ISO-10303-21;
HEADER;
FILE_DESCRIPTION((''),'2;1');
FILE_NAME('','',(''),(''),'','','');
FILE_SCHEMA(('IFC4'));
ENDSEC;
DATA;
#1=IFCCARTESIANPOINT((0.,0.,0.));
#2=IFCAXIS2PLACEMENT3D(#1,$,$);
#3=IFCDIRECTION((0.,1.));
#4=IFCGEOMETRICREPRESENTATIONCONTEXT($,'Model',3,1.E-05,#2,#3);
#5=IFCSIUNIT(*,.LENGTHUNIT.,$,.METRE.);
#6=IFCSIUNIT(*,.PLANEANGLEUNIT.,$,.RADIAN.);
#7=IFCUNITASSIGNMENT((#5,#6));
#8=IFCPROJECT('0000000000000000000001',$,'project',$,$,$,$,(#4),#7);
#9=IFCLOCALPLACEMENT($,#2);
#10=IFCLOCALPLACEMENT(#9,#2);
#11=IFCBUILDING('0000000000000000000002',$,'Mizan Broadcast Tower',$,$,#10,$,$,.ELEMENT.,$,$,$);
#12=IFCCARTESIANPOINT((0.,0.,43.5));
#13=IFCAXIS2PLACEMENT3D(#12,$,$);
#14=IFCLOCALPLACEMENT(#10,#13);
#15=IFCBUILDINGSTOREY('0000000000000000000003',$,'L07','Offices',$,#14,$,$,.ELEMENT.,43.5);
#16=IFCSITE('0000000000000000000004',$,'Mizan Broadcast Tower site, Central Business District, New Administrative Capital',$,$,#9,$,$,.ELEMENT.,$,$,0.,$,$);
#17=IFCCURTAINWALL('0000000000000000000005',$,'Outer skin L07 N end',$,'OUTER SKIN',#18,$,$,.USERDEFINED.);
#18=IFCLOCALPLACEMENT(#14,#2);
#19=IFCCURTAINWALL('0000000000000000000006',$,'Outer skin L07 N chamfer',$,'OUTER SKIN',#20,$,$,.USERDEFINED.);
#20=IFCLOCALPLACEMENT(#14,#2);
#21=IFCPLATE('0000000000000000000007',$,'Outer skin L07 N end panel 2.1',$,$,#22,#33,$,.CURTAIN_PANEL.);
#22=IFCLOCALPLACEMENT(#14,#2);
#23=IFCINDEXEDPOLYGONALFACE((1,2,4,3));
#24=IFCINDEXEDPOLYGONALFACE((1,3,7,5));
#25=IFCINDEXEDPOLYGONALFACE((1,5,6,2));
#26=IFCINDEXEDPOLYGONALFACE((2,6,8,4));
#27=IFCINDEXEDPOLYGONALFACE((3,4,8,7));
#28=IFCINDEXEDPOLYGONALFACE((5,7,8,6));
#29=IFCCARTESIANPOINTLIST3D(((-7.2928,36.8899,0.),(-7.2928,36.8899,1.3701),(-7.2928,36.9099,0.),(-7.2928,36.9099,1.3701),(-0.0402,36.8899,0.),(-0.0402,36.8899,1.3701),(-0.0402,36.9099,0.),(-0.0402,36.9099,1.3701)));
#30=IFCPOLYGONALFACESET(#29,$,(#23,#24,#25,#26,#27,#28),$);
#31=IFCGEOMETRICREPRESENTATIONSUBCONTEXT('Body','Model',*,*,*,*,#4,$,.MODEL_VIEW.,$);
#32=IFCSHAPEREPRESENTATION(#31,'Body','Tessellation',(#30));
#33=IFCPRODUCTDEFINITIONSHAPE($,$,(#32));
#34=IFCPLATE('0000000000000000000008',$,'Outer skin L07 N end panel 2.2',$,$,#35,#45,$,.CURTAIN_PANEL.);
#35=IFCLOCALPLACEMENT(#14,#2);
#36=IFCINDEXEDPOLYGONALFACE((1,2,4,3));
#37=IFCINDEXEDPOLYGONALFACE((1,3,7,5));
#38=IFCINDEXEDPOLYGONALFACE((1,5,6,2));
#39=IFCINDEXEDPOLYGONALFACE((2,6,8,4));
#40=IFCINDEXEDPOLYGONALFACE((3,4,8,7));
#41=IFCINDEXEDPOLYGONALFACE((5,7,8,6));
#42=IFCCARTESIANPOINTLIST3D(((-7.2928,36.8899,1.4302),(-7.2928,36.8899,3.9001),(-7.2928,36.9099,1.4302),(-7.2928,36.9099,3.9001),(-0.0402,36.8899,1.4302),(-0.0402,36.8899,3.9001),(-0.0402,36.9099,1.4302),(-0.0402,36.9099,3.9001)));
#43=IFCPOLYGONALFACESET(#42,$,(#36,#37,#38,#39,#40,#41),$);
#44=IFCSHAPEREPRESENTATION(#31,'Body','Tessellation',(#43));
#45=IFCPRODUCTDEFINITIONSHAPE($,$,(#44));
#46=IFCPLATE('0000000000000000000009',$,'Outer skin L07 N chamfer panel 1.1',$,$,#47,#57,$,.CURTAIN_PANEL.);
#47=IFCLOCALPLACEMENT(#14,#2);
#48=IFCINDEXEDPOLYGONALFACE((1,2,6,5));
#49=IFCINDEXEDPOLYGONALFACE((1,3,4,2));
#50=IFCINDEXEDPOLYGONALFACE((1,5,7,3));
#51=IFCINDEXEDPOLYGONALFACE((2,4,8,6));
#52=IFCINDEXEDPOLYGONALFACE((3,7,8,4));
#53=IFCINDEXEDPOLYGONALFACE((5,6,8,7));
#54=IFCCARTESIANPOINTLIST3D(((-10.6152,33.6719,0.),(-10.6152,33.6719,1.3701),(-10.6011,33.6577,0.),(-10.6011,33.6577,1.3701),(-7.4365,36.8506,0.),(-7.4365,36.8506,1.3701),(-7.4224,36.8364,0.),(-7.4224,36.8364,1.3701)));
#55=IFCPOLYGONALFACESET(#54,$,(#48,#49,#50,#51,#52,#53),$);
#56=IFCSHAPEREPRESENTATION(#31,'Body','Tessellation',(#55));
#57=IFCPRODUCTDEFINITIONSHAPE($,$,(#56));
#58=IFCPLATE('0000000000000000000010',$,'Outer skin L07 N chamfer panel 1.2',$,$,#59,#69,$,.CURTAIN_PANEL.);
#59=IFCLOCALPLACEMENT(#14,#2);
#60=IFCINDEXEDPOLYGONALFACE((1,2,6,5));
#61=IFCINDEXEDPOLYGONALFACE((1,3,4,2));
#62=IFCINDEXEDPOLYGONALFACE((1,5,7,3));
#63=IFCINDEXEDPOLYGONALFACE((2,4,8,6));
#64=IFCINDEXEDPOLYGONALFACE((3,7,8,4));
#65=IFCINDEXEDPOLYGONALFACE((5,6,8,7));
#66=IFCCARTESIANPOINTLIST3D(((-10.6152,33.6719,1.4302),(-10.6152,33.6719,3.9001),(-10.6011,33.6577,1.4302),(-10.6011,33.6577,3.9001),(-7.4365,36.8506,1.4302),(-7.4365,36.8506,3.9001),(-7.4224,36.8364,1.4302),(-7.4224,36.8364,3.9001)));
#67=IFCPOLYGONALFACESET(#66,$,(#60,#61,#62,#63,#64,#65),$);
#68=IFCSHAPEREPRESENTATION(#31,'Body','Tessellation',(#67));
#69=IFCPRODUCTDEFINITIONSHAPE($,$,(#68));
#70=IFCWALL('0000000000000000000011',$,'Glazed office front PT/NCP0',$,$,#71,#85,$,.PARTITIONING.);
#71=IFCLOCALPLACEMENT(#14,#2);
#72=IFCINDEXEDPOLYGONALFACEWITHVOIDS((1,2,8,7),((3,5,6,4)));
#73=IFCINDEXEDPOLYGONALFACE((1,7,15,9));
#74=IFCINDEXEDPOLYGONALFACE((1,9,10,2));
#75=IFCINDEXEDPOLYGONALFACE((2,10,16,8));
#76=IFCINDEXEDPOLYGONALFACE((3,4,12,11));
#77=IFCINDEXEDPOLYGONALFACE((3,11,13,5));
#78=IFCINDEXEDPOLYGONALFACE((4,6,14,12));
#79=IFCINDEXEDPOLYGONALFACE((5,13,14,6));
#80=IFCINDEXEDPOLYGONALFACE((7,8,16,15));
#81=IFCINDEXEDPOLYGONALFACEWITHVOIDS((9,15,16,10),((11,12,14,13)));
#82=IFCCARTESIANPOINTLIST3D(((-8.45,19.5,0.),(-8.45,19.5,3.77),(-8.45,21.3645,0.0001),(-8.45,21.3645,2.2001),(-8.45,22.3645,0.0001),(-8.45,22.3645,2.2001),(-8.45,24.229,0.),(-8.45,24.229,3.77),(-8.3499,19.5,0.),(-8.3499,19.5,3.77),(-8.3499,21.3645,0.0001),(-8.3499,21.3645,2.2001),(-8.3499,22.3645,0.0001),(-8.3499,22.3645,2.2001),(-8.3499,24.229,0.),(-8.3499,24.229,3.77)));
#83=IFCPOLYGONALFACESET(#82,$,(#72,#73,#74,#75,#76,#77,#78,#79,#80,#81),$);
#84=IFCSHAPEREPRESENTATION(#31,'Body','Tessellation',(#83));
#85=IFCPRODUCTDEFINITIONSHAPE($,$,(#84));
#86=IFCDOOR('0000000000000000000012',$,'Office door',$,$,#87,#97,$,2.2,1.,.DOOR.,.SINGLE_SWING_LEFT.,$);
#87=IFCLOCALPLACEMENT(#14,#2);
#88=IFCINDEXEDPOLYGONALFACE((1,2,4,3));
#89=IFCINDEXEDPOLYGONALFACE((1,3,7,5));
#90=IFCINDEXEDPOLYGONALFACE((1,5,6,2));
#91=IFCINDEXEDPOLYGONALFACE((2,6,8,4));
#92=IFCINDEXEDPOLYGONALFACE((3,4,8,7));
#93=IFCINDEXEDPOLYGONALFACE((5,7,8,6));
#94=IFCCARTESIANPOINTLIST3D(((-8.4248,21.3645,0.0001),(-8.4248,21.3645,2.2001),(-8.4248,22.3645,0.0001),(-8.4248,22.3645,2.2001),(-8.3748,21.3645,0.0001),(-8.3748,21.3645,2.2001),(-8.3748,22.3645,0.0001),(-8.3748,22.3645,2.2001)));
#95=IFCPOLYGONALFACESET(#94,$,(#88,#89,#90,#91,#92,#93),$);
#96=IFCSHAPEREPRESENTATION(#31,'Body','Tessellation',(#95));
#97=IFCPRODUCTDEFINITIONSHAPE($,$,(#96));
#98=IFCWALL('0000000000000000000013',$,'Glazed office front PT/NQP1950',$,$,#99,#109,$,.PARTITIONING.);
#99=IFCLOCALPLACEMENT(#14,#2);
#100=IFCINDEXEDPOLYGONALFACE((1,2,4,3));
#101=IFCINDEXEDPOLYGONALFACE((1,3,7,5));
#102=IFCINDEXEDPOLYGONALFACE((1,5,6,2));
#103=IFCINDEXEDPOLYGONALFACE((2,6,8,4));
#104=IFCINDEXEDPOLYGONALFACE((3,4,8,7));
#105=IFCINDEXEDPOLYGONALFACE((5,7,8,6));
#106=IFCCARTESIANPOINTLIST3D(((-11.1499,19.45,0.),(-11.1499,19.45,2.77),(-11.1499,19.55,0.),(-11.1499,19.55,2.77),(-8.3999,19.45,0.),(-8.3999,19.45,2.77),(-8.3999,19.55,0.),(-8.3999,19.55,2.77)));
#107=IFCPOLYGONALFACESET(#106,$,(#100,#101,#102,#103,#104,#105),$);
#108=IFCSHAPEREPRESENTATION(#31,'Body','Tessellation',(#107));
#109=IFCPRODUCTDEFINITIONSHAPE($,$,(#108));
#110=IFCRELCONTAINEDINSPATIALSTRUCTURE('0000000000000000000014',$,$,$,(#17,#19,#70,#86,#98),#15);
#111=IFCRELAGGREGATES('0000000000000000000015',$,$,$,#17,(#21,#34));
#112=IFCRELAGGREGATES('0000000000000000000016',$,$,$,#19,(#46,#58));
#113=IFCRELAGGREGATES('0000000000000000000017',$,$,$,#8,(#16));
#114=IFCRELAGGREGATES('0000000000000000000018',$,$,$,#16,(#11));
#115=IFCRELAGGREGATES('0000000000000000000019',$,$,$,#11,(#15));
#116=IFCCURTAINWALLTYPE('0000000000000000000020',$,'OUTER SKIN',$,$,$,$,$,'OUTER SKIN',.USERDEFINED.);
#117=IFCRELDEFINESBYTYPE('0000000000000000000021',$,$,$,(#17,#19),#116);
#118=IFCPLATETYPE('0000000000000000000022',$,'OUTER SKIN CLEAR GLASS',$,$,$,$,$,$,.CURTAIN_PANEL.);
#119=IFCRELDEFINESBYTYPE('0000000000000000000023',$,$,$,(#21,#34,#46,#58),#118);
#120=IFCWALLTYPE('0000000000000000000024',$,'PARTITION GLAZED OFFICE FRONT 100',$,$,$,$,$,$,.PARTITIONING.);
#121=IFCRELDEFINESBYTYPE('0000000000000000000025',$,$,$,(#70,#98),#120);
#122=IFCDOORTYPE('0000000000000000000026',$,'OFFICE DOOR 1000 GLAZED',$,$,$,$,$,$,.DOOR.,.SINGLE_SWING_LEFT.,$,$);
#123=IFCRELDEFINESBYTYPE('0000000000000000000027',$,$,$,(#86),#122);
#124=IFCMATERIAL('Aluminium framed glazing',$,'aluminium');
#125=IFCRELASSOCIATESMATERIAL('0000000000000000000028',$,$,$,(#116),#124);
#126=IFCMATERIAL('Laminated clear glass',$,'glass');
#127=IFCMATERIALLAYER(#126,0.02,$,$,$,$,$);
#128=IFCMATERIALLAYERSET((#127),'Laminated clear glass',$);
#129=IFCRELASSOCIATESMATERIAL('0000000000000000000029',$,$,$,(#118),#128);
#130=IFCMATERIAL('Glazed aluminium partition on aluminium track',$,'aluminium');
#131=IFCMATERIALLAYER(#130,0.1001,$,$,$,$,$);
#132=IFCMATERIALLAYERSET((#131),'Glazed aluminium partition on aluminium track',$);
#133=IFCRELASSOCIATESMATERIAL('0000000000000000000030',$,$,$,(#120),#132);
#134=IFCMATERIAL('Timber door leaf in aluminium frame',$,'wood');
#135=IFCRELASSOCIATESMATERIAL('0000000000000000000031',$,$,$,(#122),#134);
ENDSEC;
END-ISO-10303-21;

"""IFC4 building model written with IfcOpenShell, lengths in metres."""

from ifc_helpers import new_model, si_unit, direction, frame, frame_2d, origin, origin_2d, place, context, subcontext, project, spatial, rectangle, extrude, material, layer, layer_set, type_object, element, fill, aggregate, save


model = new_model("IFC4")

# Units and contexts
model_context = context("Model", 3, precision=1e-05, world=origin(), true_north=direction((0.0, 1.0)))
body_context = subcontext(model_context, "Body", "Model", "MODEL_VIEW")
ifc_project = project(units=[si_unit("LENGTHUNIT", "METRE"), si_unit("PLANEANGLEUNIT", "RADIAN")], contexts=[model_context])

# Site, building, storey
site_placement = place(None, origin())
site = spatial("IfcSite", under=ifc_project, at=site_placement, Name="Mizan Broadcast Tower site, Central Business District, New Administrative Capital", CompositionType="ELEMENT", RefElevation=0.0)
building_placement = place(site_placement, origin())
building = spatial("IfcBuilding", under=site, at=building_placement, Name="Mizan Broadcast Tower", CompositionType="ELEMENT")
storey_placement = place(building_placement, frame((0.0, 0.0, 43.5)))
storey = spatial("IfcBuildingStorey", under=building, at=storey_placement, Name="L07", Description="Offices", CompositionType="ELEMENT", Elevation=43.5)

# Curtain walls
ifc_material_1 = material(Name="Aluminium framed glazing", Category="aluminium")
curtain_wall_type_1 = type_object("IfcCurtainWallType", Name="OUTER SKIN", ElementType="OUTER SKIN", PredefinedType="USERDEFINED", material=ifc_material_1)
curtain_wall_1_placement = place(storey_placement, origin())
curtain_wall_1 = element("IfcCurtainWall", 1, at=curtain_wall_1_placement, inside=storey, type_object=curtain_wall_type_1, Name="Outer skin L07 N end", ObjectType="OUTER SKIN", PredefinedType="USERDEFINED")
curtain_wall_2_placement = place(storey_placement, origin())
curtain_wall_2 = element("IfcCurtainWall", 2, at=curtain_wall_2_placement, inside=storey, type_object=curtain_wall_type_1, Name="Outer skin L07 N chamfer", ObjectType="OUTER SKIN", PredefinedType="USERDEFINED")

# Plates
ifc_material_2 = material(Name="Laminated clear glass", Category="glass")
ifc_layer_1 = layer(ifc_material_2, 0.02)
ifc_layer_set_1 = layer_set([ifc_layer_1], Name="Laminated clear glass")
plate_type_1 = type_object("IfcPlateType", Name="OUTER SKIN CLEAR GLASS", PredefinedType="CURTAIN_PANEL", material=ifc_layer_set_1)
plate_1_placement = place(storey_placement, frame((-3.6665, 36.8999, 0.0), z_axis=(0.0, 0.0, 1.0), x_axis=(-1.0, 0.0, 0.0)))
plate_1 = element("IfcPlate", 3, at=plate_1_placement, type_object=plate_type_1, Name="Outer skin L07 N end panel 2.1", PredefinedType="CURTAIN_PANEL", context=body_context, shape_type="SweptSolid", body=[
    extrude(rectangle(XDim=7.2527, YDim=0.02, at=origin_2d()), origin(), (0.0, 0.0, 1.0), 1.3701),
])
plate_2_placement = place(storey_placement, frame((-3.6665, 36.8999, 1.4302), z_axis=(0.0, 0.0, 1.0), x_axis=(-1.0, 0.0, 0.0)))
plate_2 = element("IfcPlate", 4, at=plate_2_placement, type_object=plate_type_1, Name="Outer skin L07 N end panel 2.2", PredefinedType="CURTAIN_PANEL", context=body_context, shape_type="SweptSolid", body=[
    extrude(rectangle(XDim=7.2527, YDim=0.02, at=origin_2d()), origin(), (0.0, 0.0, 1.0), 2.47),
])
aggregate(curtain_wall_1, [plate_1, plate_2])
plate_3_placement = place(storey_placement, frame((-9.0188, 35.2542, 0.0), z_axis=(0.0, 0.0, 1.0), x_axis=(-0.707107, -0.707107, 0.0)))
plate_3 = element("IfcPlate", 5, at=plate_3_placement, type_object=plate_type_1, Name="Outer skin L07 N chamfer panel 1.1", PredefinedType="CURTAIN_PANEL", context=body_context, shape_type="SweptSolid", body=[
    extrude(rectangle(XDim=4.4954, YDim=0.02, at=origin_2d()), origin(), (0.0, 0.0, 1.0), 1.3701),
])
plate_4_placement = place(storey_placement, frame((-9.0188, 35.2542, 1.4302), z_axis=(0.0, 0.0, 1.0), x_axis=(-0.707107, -0.707107, 0.0)))
plate_4 = element("IfcPlate", 6, at=plate_4_placement, type_object=plate_type_1, Name="Outer skin L07 N chamfer panel 1.2", PredefinedType="CURTAIN_PANEL", context=body_context, shape_type="SweptSolid", body=[
    extrude(rectangle(XDim=4.4954, YDim=0.02, at=origin_2d()), origin(), (0.0, 0.0, 1.0), 2.47),
])
aggregate(curtain_wall_2, [plate_3, plate_4])

# Wall, opening, door
ifc_material_3 = material(Name="Glazed aluminium partition on aluminium track", Category="aluminium")
ifc_layer_2 = layer(ifc_material_3, 0.1001)
ifc_layer_set_2 = layer_set([ifc_layer_2], Name="Glazed aluminium partition on aluminium track")
wall_type = type_object("IfcWallType", Name="PARTITION GLAZED OFFICE FRONT 100", PredefinedType="PARTITIONING", material=ifc_layer_set_2)
wall_1_placement = place(storey_placement, frame((-8.3999, 19.5, 0.0), z_axis=(0.0, 0.0, 1.0), x_axis=(0.0, 1.0, 0.0)))
wall_1 = element("IfcWall", 7, at=wall_1_placement, inside=storey, type_object=wall_type, Name="Glazed office front PT/NCP0", PredefinedType="PARTITIONING", context=body_context, shape_type="SweptSolid", body=[
    extrude(rectangle(XDim=4.729, YDim=0.1001, at=frame_2d((2.3645, 0.0))), origin(), (0.0, 0.0, 1.0), 3.77),
])
opening_placement = place(wall_1_placement, frame((1.8645, 0.0, 0.0)))
opening = element("IfcOpeningElement", 8, at=opening_placement, cuts=wall_1, PredefinedType="OPENING", context=body_context, shape_type="SweptSolid", body=[
    extrude(rectangle(XDim=1.0, YDim=2.2, at=frame_2d((0.5, 1.1001))), frame((0.0, 0.0601, 0.0), z_axis=(0.0, -1.0, 0.0), x_axis=(1.0, 0.0, 0.0)), (0.0, 0.0, 1.0), 0.1201),
])
ifc_material_4 = material(Name="Timber door leaf in aluminium frame", Category="wood")
door_type = type_object("IfcDoorType", Name="OFFICE DOOR 1000 GLAZED", OperationType="SINGLE_SWING_LEFT", PredefinedType="DOOR", material=ifc_material_4)
door_placement = place(opening_placement, origin())
door = element("IfcDoor", 9, at=door_placement, inside=storey, type_object=door_type, Name="Office door", OperationType="SINGLE_SWING_LEFT", OverallHeight=2.2, OverallWidth=1.0, PredefinedType="DOOR", context=body_context, shape_type="SweptSolid", body=[
    extrude(rectangle(XDim=1.0, YDim=2.2, at=frame_2d((0.5, 1.1001))), frame((0.0, 0.0249, 0.0), z_axis=(0.0, -1.0, 0.0), x_axis=(1.0, 0.0, 0.0)), (0.0, 0.0, 1.0), 0.05),
])
fill(opening, door)

# Wall
wall_2_placement = place(storey_placement, frame((-8.3999, 19.5, 0.0), z_axis=(0.0, 0.0, 1.0), x_axis=(-1.0, 0.0, 0.0)))
element("IfcWall", 10, at=wall_2_placement, inside=storey, type_object=wall_type, Name="Glazed office front PT/NQP1950", PredefinedType="PARTITIONING", context=body_context, shape_type="SweptSolid", body=[
    extrude(rectangle(XDim=2.75, YDim=0.1001, at=frame_2d((1.375, 0.0))), origin(), (0.0, 0.0, 1.0), 2.77),
])

save(model, "model.ifc")
